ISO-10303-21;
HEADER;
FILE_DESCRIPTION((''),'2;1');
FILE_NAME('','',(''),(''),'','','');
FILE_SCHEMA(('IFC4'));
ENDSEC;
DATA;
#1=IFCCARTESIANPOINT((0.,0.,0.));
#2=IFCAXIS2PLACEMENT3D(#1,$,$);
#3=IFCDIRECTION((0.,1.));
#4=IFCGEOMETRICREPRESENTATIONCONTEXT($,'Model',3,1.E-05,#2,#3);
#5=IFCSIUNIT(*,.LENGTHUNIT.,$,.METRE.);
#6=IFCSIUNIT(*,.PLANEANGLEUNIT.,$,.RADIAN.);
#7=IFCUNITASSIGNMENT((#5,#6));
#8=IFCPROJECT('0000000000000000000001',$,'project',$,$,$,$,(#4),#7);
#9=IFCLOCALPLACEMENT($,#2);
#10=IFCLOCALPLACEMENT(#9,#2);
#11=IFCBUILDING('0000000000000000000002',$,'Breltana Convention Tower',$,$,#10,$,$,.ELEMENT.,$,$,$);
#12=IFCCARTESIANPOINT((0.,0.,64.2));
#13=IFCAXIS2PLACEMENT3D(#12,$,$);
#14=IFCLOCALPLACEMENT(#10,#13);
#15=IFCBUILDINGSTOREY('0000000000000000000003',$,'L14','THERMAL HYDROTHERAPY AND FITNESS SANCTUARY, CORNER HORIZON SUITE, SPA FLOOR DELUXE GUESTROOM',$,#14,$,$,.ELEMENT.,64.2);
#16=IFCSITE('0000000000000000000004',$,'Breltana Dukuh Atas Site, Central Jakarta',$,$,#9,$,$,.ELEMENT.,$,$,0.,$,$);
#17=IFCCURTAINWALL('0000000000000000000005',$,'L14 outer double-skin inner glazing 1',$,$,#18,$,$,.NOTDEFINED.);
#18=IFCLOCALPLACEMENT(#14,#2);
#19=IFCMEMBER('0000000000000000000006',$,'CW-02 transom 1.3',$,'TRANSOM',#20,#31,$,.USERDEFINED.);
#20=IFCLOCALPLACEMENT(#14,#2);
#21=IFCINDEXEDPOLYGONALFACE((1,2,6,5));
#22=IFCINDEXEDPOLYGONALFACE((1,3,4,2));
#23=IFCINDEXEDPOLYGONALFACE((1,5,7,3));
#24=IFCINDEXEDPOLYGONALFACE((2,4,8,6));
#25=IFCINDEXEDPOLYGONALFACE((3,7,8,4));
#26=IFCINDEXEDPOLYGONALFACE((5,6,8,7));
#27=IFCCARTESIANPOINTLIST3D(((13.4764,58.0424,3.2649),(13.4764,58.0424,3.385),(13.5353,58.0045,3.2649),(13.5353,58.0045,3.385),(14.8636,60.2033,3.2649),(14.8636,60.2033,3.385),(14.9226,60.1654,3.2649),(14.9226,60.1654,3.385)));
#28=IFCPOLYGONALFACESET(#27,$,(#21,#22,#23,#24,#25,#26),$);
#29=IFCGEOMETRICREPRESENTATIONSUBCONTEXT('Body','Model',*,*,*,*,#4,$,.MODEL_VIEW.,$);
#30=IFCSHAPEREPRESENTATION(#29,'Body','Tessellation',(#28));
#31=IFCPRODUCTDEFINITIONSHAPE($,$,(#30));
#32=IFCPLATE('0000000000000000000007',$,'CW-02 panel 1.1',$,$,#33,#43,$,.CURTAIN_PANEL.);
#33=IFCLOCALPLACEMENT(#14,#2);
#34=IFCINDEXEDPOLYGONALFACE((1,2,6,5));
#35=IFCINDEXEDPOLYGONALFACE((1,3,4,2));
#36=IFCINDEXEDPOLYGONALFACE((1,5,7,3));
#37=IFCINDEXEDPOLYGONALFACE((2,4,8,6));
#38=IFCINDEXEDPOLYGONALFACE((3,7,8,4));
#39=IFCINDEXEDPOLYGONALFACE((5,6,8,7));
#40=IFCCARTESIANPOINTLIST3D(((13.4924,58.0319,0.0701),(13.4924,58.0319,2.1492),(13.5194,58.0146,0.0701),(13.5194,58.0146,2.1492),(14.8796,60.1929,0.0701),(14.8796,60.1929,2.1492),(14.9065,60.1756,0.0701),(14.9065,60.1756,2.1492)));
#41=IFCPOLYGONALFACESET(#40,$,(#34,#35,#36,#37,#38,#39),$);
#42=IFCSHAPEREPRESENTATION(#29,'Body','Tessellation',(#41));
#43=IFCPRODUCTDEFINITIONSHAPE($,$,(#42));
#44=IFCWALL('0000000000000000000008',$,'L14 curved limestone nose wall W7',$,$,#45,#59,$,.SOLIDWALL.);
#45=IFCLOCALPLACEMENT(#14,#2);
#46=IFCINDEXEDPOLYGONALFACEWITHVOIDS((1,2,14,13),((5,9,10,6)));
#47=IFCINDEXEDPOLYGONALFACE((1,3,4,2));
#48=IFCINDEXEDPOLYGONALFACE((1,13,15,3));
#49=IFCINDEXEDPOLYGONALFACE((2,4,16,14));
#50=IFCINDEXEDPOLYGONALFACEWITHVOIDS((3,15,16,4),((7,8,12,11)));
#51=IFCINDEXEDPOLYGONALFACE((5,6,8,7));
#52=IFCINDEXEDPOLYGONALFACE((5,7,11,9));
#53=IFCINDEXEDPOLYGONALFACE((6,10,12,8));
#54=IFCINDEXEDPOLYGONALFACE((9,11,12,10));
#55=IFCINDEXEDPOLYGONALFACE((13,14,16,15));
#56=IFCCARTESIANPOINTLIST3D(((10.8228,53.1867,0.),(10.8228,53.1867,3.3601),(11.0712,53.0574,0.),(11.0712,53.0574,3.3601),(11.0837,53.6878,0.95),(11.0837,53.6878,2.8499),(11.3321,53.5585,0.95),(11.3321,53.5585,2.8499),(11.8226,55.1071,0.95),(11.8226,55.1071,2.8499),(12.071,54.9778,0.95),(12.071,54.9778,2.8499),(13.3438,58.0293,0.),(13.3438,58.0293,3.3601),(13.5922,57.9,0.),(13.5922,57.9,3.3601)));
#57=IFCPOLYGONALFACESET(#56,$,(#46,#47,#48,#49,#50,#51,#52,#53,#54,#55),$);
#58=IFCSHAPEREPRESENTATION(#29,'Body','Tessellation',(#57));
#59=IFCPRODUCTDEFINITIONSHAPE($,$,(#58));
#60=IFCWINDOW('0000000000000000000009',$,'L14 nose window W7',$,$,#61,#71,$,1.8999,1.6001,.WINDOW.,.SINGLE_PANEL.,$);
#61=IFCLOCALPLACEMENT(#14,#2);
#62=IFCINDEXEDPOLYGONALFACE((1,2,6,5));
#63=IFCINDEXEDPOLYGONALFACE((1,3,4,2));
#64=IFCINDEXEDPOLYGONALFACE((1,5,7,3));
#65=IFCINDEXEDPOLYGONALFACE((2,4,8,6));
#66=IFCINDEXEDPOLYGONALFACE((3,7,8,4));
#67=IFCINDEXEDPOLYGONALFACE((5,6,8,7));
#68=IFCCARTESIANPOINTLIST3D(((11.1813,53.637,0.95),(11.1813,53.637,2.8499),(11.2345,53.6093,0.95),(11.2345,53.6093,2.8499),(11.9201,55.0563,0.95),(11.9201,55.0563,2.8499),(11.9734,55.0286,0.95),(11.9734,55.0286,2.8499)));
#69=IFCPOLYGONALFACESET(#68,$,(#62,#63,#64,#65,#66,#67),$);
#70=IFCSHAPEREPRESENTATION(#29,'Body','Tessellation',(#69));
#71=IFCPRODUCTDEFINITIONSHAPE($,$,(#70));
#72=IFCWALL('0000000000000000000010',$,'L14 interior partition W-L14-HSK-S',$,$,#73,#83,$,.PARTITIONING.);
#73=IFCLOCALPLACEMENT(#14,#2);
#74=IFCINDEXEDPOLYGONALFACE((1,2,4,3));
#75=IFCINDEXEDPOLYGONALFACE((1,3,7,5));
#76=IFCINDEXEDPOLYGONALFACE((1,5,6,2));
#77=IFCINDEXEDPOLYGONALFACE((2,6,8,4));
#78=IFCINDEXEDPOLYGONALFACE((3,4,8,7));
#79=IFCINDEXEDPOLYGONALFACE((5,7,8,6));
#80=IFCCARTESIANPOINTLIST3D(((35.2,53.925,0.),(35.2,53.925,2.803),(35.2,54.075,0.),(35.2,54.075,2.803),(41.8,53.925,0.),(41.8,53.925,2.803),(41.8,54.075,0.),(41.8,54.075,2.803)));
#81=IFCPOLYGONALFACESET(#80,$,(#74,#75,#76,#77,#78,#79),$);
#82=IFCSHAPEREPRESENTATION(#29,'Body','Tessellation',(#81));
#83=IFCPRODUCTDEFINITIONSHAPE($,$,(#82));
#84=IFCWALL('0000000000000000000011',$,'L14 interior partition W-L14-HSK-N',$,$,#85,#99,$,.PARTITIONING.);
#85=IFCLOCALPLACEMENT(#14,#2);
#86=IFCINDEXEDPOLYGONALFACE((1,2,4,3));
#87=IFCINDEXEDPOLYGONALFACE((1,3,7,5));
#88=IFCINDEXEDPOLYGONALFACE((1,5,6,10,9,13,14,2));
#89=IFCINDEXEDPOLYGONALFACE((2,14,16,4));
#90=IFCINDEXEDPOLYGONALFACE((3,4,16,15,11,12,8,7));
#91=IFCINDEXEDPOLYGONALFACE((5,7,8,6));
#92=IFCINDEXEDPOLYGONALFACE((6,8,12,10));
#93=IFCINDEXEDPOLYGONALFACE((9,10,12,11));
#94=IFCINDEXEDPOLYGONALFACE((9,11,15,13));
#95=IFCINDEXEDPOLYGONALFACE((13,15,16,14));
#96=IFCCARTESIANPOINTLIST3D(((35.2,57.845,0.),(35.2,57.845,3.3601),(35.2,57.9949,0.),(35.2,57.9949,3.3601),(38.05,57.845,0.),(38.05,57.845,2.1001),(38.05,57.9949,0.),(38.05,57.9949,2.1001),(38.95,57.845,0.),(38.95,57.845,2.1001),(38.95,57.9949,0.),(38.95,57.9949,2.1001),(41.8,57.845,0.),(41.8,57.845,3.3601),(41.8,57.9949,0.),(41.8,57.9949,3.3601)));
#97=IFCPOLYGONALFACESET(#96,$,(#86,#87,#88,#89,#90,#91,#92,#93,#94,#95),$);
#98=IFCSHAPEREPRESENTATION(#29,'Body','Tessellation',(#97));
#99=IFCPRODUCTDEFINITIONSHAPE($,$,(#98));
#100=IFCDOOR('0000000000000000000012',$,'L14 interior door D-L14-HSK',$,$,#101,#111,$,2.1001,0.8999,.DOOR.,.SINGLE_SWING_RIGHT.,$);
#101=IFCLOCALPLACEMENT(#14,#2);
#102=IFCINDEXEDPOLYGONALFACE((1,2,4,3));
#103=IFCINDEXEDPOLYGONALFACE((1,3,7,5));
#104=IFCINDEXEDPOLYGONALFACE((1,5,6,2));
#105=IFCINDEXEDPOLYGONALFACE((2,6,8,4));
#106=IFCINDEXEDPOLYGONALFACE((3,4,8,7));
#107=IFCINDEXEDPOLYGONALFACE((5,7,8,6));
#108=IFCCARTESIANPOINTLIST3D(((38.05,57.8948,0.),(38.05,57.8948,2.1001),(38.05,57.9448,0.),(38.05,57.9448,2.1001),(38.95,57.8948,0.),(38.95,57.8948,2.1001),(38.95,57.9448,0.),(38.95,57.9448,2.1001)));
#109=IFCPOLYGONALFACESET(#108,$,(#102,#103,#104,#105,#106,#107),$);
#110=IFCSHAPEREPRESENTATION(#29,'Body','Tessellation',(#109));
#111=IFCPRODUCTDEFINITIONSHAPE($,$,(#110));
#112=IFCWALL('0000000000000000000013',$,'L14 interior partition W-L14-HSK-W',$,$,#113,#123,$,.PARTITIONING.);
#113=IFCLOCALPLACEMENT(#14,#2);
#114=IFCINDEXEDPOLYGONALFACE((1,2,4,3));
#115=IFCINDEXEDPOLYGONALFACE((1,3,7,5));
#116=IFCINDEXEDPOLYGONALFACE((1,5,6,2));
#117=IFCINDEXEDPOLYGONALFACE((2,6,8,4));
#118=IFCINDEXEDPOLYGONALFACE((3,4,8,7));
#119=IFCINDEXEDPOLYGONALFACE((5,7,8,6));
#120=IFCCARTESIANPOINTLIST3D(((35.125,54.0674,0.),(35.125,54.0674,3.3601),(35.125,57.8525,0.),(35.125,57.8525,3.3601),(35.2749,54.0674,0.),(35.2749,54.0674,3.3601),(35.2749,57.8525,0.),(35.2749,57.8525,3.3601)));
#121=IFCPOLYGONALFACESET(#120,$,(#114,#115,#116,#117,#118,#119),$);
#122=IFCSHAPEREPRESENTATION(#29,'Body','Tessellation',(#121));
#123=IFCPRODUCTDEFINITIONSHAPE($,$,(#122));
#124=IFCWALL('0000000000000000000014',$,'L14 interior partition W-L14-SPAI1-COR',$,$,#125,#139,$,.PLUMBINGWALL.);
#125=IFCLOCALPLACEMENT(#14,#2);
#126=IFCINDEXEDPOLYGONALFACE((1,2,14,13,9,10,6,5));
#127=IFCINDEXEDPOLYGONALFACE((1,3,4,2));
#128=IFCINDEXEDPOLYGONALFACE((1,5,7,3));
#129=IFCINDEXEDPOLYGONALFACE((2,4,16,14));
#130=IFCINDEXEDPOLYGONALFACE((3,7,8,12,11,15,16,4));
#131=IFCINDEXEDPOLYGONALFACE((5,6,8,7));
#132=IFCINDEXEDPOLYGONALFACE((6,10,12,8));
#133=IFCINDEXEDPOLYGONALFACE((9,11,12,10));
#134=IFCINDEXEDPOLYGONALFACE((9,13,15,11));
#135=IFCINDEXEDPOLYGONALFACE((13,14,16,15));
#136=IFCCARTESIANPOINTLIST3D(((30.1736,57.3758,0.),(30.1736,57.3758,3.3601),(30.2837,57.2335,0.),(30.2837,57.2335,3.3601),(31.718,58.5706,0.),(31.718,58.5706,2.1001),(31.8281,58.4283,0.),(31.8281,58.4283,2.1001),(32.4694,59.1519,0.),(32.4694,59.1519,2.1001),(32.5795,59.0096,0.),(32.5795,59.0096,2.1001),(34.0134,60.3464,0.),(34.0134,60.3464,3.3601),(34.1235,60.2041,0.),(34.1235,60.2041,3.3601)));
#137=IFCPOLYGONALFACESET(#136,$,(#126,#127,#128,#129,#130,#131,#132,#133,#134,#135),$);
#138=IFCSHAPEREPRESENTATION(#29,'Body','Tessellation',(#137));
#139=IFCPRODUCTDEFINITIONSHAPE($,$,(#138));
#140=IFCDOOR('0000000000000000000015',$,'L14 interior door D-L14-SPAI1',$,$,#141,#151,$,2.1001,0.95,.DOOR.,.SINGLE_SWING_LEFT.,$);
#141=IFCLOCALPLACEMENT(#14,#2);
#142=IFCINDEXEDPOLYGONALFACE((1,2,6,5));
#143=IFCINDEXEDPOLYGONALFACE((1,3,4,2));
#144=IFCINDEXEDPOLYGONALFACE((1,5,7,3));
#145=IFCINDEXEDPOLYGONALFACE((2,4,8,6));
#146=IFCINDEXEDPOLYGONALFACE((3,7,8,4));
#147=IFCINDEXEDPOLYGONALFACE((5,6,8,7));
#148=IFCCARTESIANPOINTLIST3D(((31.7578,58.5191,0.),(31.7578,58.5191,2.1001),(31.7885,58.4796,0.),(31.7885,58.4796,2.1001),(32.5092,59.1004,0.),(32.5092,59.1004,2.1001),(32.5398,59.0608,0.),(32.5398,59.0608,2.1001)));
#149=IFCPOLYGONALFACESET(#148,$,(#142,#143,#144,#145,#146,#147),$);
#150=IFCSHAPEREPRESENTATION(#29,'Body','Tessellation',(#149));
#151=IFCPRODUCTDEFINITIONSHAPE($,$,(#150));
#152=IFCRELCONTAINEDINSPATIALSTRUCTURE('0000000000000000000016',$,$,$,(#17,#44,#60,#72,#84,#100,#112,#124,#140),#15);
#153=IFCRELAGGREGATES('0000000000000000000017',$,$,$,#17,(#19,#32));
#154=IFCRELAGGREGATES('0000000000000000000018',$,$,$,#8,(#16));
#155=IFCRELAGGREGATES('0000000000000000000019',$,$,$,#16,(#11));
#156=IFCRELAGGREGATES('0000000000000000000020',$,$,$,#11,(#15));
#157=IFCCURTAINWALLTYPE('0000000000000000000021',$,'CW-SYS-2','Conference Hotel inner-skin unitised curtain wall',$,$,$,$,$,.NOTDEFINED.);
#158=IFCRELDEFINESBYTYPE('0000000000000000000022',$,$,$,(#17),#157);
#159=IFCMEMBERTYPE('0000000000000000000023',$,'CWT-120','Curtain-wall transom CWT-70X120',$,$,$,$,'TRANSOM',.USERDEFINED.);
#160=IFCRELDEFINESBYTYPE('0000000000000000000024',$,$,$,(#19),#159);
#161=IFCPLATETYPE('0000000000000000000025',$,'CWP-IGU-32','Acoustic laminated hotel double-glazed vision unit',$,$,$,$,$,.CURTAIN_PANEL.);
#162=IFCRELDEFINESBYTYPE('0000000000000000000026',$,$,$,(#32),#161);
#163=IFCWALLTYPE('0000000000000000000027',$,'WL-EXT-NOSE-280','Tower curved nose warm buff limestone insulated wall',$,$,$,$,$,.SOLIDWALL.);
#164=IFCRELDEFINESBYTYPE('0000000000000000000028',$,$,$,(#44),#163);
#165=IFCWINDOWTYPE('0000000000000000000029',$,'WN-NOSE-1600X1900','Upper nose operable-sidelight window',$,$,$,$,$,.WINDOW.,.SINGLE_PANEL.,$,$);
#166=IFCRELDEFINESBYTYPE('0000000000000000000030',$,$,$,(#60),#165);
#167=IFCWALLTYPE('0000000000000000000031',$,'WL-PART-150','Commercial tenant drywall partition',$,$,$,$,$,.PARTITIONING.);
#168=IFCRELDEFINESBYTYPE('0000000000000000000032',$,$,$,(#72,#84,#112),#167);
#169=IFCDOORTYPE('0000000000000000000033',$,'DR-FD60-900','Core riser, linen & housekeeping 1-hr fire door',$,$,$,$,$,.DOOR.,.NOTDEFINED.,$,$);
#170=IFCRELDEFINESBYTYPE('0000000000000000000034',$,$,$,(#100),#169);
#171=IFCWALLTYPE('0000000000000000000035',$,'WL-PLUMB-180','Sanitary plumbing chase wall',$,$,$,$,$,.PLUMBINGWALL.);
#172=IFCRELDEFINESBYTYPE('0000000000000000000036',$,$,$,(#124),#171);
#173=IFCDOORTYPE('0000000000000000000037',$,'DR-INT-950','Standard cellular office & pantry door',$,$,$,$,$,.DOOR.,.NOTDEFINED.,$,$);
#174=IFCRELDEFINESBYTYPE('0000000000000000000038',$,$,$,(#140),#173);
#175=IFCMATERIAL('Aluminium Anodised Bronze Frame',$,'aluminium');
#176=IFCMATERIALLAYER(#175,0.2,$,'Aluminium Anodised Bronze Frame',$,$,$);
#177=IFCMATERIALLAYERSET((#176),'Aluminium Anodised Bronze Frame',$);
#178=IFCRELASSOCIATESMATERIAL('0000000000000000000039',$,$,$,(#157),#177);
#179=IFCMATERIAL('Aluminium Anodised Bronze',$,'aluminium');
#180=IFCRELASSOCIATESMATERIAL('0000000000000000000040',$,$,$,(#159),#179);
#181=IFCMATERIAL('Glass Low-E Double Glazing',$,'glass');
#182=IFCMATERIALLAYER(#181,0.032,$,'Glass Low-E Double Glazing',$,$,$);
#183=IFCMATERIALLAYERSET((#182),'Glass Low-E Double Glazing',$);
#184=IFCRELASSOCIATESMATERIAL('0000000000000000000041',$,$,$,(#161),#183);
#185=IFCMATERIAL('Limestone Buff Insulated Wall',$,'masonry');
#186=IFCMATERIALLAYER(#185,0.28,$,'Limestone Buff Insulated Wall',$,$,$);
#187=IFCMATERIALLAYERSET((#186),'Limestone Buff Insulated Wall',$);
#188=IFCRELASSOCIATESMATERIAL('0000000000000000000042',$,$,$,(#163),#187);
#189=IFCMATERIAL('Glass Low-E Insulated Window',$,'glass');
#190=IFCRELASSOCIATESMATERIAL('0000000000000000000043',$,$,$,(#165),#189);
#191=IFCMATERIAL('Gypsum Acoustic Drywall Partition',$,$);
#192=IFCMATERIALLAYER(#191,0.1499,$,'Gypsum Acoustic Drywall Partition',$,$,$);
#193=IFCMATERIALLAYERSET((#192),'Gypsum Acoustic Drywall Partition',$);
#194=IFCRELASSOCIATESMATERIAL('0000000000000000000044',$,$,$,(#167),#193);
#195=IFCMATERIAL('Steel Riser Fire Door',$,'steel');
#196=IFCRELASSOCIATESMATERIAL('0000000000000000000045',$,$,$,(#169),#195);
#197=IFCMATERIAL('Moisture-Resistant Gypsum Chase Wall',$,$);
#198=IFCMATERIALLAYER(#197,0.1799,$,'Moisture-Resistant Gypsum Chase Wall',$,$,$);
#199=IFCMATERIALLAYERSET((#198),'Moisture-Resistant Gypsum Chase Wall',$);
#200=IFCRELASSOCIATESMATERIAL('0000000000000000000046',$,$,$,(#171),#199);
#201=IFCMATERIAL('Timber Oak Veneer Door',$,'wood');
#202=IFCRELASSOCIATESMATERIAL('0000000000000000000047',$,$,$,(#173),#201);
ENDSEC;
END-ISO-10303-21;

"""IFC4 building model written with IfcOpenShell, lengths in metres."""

from ifc_helpers import new_model, si_unit, direction, frame, frame_2d, origin, origin_2d, place, context, subcontext, project, spatial, rectangle, extrude, source, transform, mapped, material, layer, layer_set, material_profile, profile_set, type_object, type_shapes, element, fill, aggregate, save


model = new_model("IFC4")

# Units and contexts
model_context = context("Model", 3, precision=1e-05, world=origin(), true_north=direction((0.0, 1.0)))
body_context = subcontext(model_context, "Body", "Model", "MODEL_VIEW")
ifc_project = project(units=[si_unit("LENGTHUNIT", "METRE"), si_unit("PLANEANGLEUNIT", "RADIAN")], contexts=[model_context])

# Site, building, storey
site_placement = place(None, origin())
site = spatial("IfcSite", under=ifc_project, at=site_placement, Name="Breltana Dukuh Atas Site, Central Jakarta", CompositionType="ELEMENT", RefElevation=0.0)
building_placement = place(site_placement, origin())
building = spatial("IfcBuilding", under=site, at=building_placement, Name="Breltana Convention Tower", CompositionType="ELEMENT")
storey_placement = place(building_placement, frame((0.0, 0.0, 64.2)))
storey = spatial("IfcBuildingStorey", under=building, at=storey_placement, Name="L14", Description="THERMAL HYDROTHERAPY AND FITNESS SANCTUARY, CORNER HORIZON SUITE, SPA FLOOR DELUXE GUESTROOM", CompositionType="ELEMENT", Elevation=64.2)

# Shared definitions
ifc_material_1 = material(Name="Aluminium Anodised Bronze Frame", Category="aluminium")
ifc_material_2 = material(Name="Aluminium Anodised Bronze", Category="aluminium")

# Curtain wall, member, plate
ifc_layer_1 = layer(ifc_material_1, 0.2, Name="Aluminium Anodised Bronze Frame")
ifc_layer_set_1 = layer_set([ifc_layer_1], Name="Aluminium Anodised Bronze Frame")
curtain_wall_type_1 = type_object("IfcCurtainWallType", Name="CW-SYS-2", Description="Conference Hotel inner-skin unitised curtain wall", PredefinedType="NOTDEFINED", material=ifc_layer_set_1)
curtain_wall_1_placement = place(storey_placement, origin())
curtain_wall_1 = element("IfcCurtainWall", 1, at=curtain_wall_1_placement, inside=storey, type_object=curtain_wall_type_1, Name="L14 outer double-skin inner glazing 1", PredefinedType="NOTDEFINED")
ifc_material_profile_1 = material_profile(ifc_material_2, rectangle(XDim=0.0701, YDim=0.1201, at=origin_2d()), Name="CWT-70X120")
ifc_profile_set_1 = profile_set([ifc_material_profile_1], Name="Aluminium Anodised Bronze")
member_type_1 = type_object("IfcMemberType", Name="CWT-120", Description="Curtain-wall transom CWT-70X120", ElementType="TRANSOM", PredefinedType="USERDEFINED", material=ifc_profile_set_1)
shared_shape_1 = source(origin(), body_context, "Body", "SweptSolid", [
    extrude(rectangle(XDim=0.0701, YDim=0.1201, at=origin_2d()), origin(), (0.0, 0.0, 1.0), 2.5679),
])
type_shapes(member_type_1, [shared_shape_1])
member_1_placement = place(storey_placement, frame((13.5059, 58.0234, 3.325), z_axis=(0.540224, 0.841521, 0.0), x_axis=(-0.841521, 0.540224, 0.0)))
member_1 = element("IfcMember", 2, at=member_1_placement, type_object=member_type_1, Name="CW-02 transom 1.3", ObjectType="TRANSOM", PredefinedType="USERDEFINED", context=body_context, shape_type="MappedRepresentation", body=[
    mapped(shared_shape_1, transform((0.0, 0.0, 0.0), scale=1.0)),
])
ifc_material_3 = material(Name="Glass Low-E Double Glazing", Category="glass")
ifc_layer_2 = layer(ifc_material_3, 0.032, Name="Glass Low-E Double Glazing")
ifc_layer_set_2 = layer_set([ifc_layer_2], Name="Glass Low-E Double Glazing")
plate_type = type_object("IfcPlateType", Name="CWP-IGU-32", Description="Acoustic laminated hotel double-glazed vision unit", PredefinedType="CURTAIN_PANEL", material=ifc_layer_set_2)
shared_shape_2 = source(origin(), body_context, "Body", "SweptSolid", [
    extrude(rectangle(XDim=2.5679, YDim=0.032, at=origin_2d()), origin(), (0.0, 0.0, 1.0), 2.0791),
])
type_shapes(plate_type, [shared_shape_2])
plate_placement = place(storey_placement, frame((14.1995, 59.1038, 0.0701), z_axis=(0.0, 0.0, 1.0), x_axis=(0.540181, 0.841549, 0.0)))
plate = element("IfcPlate", 3, at=plate_placement, type_object=plate_type, Name="CW-02 panel 1.1", PredefinedType="CURTAIN_PANEL", context=body_context, shape_type="MappedRepresentation", body=[
    mapped(shared_shape_2, transform((0.0, 0.0, 0.0), scale=1.0)),
])
aggregate(curtain_wall_1, [member_1, plate])

# Wall, opening, window
ifc_material_4 = material(Name="Limestone Buff Insulated Wall", Category="masonry")
ifc_layer_3 = layer(ifc_material_4, 0.28, Name="Limestone Buff Insulated Wall")
ifc_layer_set_3 = layer_set([ifc_layer_3], Name="Limestone Buff Insulated Wall")
wall_type_1 = type_object("IfcWallType", Name="WL-EXT-NOSE-280", Description="Tower curved nose warm buff limestone insulated wall", PredefinedType="SOLIDWALL", material=ifc_layer_set_3)
shared_shape_3 = source(origin(), body_context, "Body", "SweptSolid", [
    extrude(rectangle(XDim=5.4595, YDim=0.28, at=frame_2d((2.7297, 0.0))), origin(), (0.0, 0.0, 1.0), 3.3601),
])
wall_1_placement = place(storey_placement, frame((10.947, 53.1221, 0.0), z_axis=(0.0, 0.0, 1.0), x_axis=(0.461768, 0.887001, 0.0)))
wall_1 = element("IfcWall", 4, at=wall_1_placement, inside=storey, type_object=wall_type_1, Name="L14 curved limestone nose wall W7", PredefinedType="SOLIDWALL", context=body_context, shape_type="MappedRepresentation", body=[
    mapped(shared_shape_3, transform((0.0, 0.0, 0.0), scale=1.0)),
])
opening_1_placement = place(wall_1_placement, frame((0.5649, 0.0, 0.95)))
opening_1 = element("IfcOpeningElement", 5, at=opening_1_placement, cuts=wall_1, PredefinedType="OPENING", context=body_context, shape_type="SweptSolid", body=[
    extrude(rectangle(XDim=1.6001, YDim=1.8999, at=frame_2d((0.8, 0.95))), frame((0.0, 0.1499, 0.0), z_axis=(0.0, -1.0, 0.0), x_axis=(1.0, 0.0, 0.0)), (0.0, 0.0, 1.0), 0.3),
])
ifc_material_5 = material(Name="Glass Low-E Insulated Window", Category="glass")
window_type = type_object("IfcWindowType", Name="WN-NOSE-1600X1900", Description="Upper nose operable-sidelight window", PartitioningType="SINGLE_PANEL", PredefinedType="WINDOW", material=ifc_material_5)
shared_shape_4 = source(origin(), body_context, "Body", "SweptSolid", [
    extrude(rectangle(XDim=1.6001, YDim=1.8999, at=frame_2d((0.8, 0.95))), frame((0.0, 0.03, 0.0), z_axis=(0.0, -1.0, 0.0), x_axis=(1.0, 0.0, 0.0)), (0.0, 0.0, 1.0), 0.0601),
])
type_shapes(window_type, [shared_shape_4])
window_placement = place(opening_1_placement, origin())
window = element("IfcWindow", 6, at=window_placement, inside=storey, type_object=window_type, Name="L14 nose window W7", OverallHeight=1.8999, OverallWidth=1.6001, PartitioningType="SINGLE_PANEL", PredefinedType="WINDOW", context=body_context, shape_type="MappedRepresentation", body=[
    mapped(shared_shape_4, transform((0.0, 0.0, 0.0), scale=1.0)),
])
fill(opening_1, window)

# Wall
ifc_material_6 = material(Name="Gypsum Acoustic Drywall Partition")
ifc_layer_4 = layer(ifc_material_6, 0.1499, Name="Gypsum Acoustic Drywall Partition")
ifc_layer_set_4 = layer_set([ifc_layer_4], Name="Gypsum Acoustic Drywall Partition")
wall_type_2 = type_object("IfcWallType", Name="WL-PART-150", Description="Commercial tenant drywall partition", PredefinedType="PARTITIONING", material=ifc_layer_set_4)
shared_shape_5 = source(origin(), body_context, "Body", "SweptSolid", [
    extrude(rectangle(XDim=6.6001, YDim=0.1499, at=frame_2d((3.3, 0.0))), origin(), (0.0, 0.0, 1.0), 2.803),
])
wall_2_placement = place(storey_placement, frame((35.2, 54.0, 0.0), z_axis=(0.0, 0.0, 1.0), x_axis=(1.0, 0.0, 0.0)))
element("IfcWall", 7, at=wall_2_placement, inside=storey, type_object=wall_type_2, Name="L14 interior partition W-L14-HSK-S", PredefinedType="PARTITIONING", context=body_context, shape_type="MappedRepresentation", body=[
    mapped(shared_shape_5, transform((0.0, 0.0, 0.0), scale=1.0)),
])

# Wall, opening, door
shared_shape_6 = source(origin(), body_context, "Body", "SweptSolid", [
    extrude(rectangle(XDim=6.6001, YDim=0.1499, at=frame_2d((3.3, 0.0))), origin(), (0.0, 0.0, 1.0), 3.3601),
])
wall_3_placement = place(storey_placement, frame((35.2, 57.9199, 0.0), z_axis=(0.0, 0.0, 1.0), x_axis=(1.0, 0.0, 0.0)))
wall_3 = element("IfcWall", 8, at=wall_3_placement, inside=storey, type_object=wall_type_2, Name="L14 interior partition W-L14-HSK-N", PredefinedType="PARTITIONING", context=body_context, shape_type="MappedRepresentation", body=[
    mapped(shared_shape_6, transform((0.0, 0.0, 0.0), scale=1.0)),
])
opening_2_placement = place(wall_3_placement, frame((2.8501, 0.0, 0.0)))
opening_2 = element("IfcOpeningElement", 9, at=opening_2_placement, cuts=wall_3, PredefinedType="OPENING", context=body_context, shape_type="SweptSolid", body=[
    extrude(rectangle(XDim=0.8999, YDim=2.1001, at=frame_2d((0.45, 1.05))), frame((0.0, 0.085, 0.0), z_axis=(0.0, -1.0, 0.0), x_axis=(1.0, 0.0, 0.0)), (0.0, 0.0, 1.0), 0.1699),
])
ifc_material_7 = material(Name="Steel Riser Fire Door", Category="steel")
door_type_1 = type_object("IfcDoorType", Name="DR-FD60-900", Description="Core riser, linen & housekeeping 1-hr fire door", OperationType="NOTDEFINED", PredefinedType="DOOR", material=ifc_material_7)
shared_shape_7 = source(origin(), body_context, "Body", "SweptSolid", [
    extrude(rectangle(XDim=0.8999, YDim=2.1001, at=frame_2d((0.45, 1.05))), frame((0.0, 0.0249, 0.0), z_axis=(0.0, -1.0, 0.0), x_axis=(1.0, 0.0, 0.0)), (0.0, 0.0, 1.0), 0.05),
])
type_shapes(door_type_1, [shared_shape_7])
door_1_placement = place(opening_2_placement, origin())
door_1 = element("IfcDoor", 10, at=door_1_placement, inside=storey, type_object=door_type_1, Name="L14 interior door D-L14-HSK", OperationType="SINGLE_SWING_RIGHT", OverallHeight=2.1001, OverallWidth=0.8999, PredefinedType="DOOR", context=body_context, shape_type="MappedRepresentation", body=[
    mapped(shared_shape_7, transform((0.0, 0.0, 0.0), scale=1.0)),
])
fill(opening_2, door_1)

# Wall
shared_shape_8 = source(origin(), body_context, "Body", "SweptSolid", [
    extrude(rectangle(XDim=3.7852, YDim=0.1499, at=frame_2d((1.8926, 0.0))), origin(), (0.0, 0.0, 1.0), 3.3601),
])
wall_4_placement = place(storey_placement, frame((35.2, 54.0674, 0.0), z_axis=(0.0, 0.0, 1.0), x_axis=(0.0, 1.0, 0.0)))
element("IfcWall", 11, at=wall_4_placement, inside=storey, type_object=wall_type_2, Name="L14 interior partition W-L14-HSK-W", PredefinedType="PARTITIONING", context=body_context, shape_type="MappedRepresentation", body=[
    mapped(shared_shape_8, transform((0.0, 0.0, 0.0), scale=1.0)),
])

# Wall, opening, door
ifc_material_8 = material(Name="Moisture-Resistant Gypsum Chase Wall")
ifc_layer_5 = layer(ifc_material_8, 0.1799, Name="Moisture-Resistant Gypsum Chase Wall")
ifc_layer_set_5 = layer_set([ifc_layer_5], Name="Moisture-Resistant Gypsum Chase Wall")
wall_type_3 = type_object("IfcWallType", Name="WL-PLUMB-180", Description="Sanitary plumbing chase wall", PredefinedType="PLUMBINGWALL", material=ifc_layer_set_5)
shared_shape_9 = source(origin(), body_context, "Body", "SweptSolid", [
    extrude(rectangle(XDim=4.8547, YDim=0.1799, at=frame_2d((2.4272, 0.0))), origin(), (0.0, 0.0, 1.0), 3.3601),
])
wall_5_placement = place(storey_placement, frame((30.2288, 57.3047, 0.0), z_axis=(0.0, 0.0, 1.0), x_axis=(0.790931, 0.611905, 0.0)))
wall_5 = element("IfcWall", 12, at=wall_5_placement, inside=storey, type_object=wall_type_3, Name="L14 interior partition W-L14-SPAI1-COR", PredefinedType="PLUMBINGWALL", context=body_context, shape_type="MappedRepresentation", body=[
    mapped(shared_shape_9, transform((0.0, 0.0, 0.0), scale=1.0)),
])
opening_3_placement = place(wall_5_placement, frame((1.9524, 0.0, 0.0)))
opening_3 = element("IfcOpeningElement", 13, at=opening_3_placement, cuts=wall_5, PredefinedType="OPENING", context=body_context, shape_type="SweptSolid", body=[
    extrude(rectangle(XDim=0.95, YDim=2.1001, at=frame_2d((0.4751, 1.05))), frame((0.0, 0.1001, 0.0), z_axis=(0.0, -1.0, 0.0), x_axis=(1.0, 0.0, 0.0)), (0.0, 0.0, 1.0), 0.2),
])
ifc_material_9 = material(Name="Timber Oak Veneer Door", Category="wood")
door_type_2 = type_object("IfcDoorType", Name="DR-INT-950", Description="Standard cellular office & pantry door", OperationType="NOTDEFINED", PredefinedType="DOOR", material=ifc_material_9)
shared_shape_10 = source(origin(), body_context, "Body", "SweptSolid", [
    extrude(rectangle(XDim=0.95, YDim=2.1001, at=frame_2d((0.4751, 1.05))), frame((0.0, 0.0249, 0.0), z_axis=(0.0, -1.0, 0.0), x_axis=(1.0, 0.0, 0.0)), (0.0, 0.0, 1.0), 0.05),
])
type_shapes(door_type_2, [shared_shape_10])
door_2_placement = place(opening_3_placement, origin())
door_2 = element("IfcDoor", 14, at=door_2_placement, inside=storey, type_object=door_type_2, Name="L14 interior door D-L14-SPAI1", OperationType="SINGLE_SWING_LEFT", OverallHeight=2.1001, OverallWidth=0.95, PredefinedType="DOOR", context=body_context, shape_type="MappedRepresentation", body=[
    mapped(shared_shape_10, transform((0.0, 0.0, 0.0), scale=1.0)),
])
fill(opening_3, door_2)

save(model, "model.ifc")
